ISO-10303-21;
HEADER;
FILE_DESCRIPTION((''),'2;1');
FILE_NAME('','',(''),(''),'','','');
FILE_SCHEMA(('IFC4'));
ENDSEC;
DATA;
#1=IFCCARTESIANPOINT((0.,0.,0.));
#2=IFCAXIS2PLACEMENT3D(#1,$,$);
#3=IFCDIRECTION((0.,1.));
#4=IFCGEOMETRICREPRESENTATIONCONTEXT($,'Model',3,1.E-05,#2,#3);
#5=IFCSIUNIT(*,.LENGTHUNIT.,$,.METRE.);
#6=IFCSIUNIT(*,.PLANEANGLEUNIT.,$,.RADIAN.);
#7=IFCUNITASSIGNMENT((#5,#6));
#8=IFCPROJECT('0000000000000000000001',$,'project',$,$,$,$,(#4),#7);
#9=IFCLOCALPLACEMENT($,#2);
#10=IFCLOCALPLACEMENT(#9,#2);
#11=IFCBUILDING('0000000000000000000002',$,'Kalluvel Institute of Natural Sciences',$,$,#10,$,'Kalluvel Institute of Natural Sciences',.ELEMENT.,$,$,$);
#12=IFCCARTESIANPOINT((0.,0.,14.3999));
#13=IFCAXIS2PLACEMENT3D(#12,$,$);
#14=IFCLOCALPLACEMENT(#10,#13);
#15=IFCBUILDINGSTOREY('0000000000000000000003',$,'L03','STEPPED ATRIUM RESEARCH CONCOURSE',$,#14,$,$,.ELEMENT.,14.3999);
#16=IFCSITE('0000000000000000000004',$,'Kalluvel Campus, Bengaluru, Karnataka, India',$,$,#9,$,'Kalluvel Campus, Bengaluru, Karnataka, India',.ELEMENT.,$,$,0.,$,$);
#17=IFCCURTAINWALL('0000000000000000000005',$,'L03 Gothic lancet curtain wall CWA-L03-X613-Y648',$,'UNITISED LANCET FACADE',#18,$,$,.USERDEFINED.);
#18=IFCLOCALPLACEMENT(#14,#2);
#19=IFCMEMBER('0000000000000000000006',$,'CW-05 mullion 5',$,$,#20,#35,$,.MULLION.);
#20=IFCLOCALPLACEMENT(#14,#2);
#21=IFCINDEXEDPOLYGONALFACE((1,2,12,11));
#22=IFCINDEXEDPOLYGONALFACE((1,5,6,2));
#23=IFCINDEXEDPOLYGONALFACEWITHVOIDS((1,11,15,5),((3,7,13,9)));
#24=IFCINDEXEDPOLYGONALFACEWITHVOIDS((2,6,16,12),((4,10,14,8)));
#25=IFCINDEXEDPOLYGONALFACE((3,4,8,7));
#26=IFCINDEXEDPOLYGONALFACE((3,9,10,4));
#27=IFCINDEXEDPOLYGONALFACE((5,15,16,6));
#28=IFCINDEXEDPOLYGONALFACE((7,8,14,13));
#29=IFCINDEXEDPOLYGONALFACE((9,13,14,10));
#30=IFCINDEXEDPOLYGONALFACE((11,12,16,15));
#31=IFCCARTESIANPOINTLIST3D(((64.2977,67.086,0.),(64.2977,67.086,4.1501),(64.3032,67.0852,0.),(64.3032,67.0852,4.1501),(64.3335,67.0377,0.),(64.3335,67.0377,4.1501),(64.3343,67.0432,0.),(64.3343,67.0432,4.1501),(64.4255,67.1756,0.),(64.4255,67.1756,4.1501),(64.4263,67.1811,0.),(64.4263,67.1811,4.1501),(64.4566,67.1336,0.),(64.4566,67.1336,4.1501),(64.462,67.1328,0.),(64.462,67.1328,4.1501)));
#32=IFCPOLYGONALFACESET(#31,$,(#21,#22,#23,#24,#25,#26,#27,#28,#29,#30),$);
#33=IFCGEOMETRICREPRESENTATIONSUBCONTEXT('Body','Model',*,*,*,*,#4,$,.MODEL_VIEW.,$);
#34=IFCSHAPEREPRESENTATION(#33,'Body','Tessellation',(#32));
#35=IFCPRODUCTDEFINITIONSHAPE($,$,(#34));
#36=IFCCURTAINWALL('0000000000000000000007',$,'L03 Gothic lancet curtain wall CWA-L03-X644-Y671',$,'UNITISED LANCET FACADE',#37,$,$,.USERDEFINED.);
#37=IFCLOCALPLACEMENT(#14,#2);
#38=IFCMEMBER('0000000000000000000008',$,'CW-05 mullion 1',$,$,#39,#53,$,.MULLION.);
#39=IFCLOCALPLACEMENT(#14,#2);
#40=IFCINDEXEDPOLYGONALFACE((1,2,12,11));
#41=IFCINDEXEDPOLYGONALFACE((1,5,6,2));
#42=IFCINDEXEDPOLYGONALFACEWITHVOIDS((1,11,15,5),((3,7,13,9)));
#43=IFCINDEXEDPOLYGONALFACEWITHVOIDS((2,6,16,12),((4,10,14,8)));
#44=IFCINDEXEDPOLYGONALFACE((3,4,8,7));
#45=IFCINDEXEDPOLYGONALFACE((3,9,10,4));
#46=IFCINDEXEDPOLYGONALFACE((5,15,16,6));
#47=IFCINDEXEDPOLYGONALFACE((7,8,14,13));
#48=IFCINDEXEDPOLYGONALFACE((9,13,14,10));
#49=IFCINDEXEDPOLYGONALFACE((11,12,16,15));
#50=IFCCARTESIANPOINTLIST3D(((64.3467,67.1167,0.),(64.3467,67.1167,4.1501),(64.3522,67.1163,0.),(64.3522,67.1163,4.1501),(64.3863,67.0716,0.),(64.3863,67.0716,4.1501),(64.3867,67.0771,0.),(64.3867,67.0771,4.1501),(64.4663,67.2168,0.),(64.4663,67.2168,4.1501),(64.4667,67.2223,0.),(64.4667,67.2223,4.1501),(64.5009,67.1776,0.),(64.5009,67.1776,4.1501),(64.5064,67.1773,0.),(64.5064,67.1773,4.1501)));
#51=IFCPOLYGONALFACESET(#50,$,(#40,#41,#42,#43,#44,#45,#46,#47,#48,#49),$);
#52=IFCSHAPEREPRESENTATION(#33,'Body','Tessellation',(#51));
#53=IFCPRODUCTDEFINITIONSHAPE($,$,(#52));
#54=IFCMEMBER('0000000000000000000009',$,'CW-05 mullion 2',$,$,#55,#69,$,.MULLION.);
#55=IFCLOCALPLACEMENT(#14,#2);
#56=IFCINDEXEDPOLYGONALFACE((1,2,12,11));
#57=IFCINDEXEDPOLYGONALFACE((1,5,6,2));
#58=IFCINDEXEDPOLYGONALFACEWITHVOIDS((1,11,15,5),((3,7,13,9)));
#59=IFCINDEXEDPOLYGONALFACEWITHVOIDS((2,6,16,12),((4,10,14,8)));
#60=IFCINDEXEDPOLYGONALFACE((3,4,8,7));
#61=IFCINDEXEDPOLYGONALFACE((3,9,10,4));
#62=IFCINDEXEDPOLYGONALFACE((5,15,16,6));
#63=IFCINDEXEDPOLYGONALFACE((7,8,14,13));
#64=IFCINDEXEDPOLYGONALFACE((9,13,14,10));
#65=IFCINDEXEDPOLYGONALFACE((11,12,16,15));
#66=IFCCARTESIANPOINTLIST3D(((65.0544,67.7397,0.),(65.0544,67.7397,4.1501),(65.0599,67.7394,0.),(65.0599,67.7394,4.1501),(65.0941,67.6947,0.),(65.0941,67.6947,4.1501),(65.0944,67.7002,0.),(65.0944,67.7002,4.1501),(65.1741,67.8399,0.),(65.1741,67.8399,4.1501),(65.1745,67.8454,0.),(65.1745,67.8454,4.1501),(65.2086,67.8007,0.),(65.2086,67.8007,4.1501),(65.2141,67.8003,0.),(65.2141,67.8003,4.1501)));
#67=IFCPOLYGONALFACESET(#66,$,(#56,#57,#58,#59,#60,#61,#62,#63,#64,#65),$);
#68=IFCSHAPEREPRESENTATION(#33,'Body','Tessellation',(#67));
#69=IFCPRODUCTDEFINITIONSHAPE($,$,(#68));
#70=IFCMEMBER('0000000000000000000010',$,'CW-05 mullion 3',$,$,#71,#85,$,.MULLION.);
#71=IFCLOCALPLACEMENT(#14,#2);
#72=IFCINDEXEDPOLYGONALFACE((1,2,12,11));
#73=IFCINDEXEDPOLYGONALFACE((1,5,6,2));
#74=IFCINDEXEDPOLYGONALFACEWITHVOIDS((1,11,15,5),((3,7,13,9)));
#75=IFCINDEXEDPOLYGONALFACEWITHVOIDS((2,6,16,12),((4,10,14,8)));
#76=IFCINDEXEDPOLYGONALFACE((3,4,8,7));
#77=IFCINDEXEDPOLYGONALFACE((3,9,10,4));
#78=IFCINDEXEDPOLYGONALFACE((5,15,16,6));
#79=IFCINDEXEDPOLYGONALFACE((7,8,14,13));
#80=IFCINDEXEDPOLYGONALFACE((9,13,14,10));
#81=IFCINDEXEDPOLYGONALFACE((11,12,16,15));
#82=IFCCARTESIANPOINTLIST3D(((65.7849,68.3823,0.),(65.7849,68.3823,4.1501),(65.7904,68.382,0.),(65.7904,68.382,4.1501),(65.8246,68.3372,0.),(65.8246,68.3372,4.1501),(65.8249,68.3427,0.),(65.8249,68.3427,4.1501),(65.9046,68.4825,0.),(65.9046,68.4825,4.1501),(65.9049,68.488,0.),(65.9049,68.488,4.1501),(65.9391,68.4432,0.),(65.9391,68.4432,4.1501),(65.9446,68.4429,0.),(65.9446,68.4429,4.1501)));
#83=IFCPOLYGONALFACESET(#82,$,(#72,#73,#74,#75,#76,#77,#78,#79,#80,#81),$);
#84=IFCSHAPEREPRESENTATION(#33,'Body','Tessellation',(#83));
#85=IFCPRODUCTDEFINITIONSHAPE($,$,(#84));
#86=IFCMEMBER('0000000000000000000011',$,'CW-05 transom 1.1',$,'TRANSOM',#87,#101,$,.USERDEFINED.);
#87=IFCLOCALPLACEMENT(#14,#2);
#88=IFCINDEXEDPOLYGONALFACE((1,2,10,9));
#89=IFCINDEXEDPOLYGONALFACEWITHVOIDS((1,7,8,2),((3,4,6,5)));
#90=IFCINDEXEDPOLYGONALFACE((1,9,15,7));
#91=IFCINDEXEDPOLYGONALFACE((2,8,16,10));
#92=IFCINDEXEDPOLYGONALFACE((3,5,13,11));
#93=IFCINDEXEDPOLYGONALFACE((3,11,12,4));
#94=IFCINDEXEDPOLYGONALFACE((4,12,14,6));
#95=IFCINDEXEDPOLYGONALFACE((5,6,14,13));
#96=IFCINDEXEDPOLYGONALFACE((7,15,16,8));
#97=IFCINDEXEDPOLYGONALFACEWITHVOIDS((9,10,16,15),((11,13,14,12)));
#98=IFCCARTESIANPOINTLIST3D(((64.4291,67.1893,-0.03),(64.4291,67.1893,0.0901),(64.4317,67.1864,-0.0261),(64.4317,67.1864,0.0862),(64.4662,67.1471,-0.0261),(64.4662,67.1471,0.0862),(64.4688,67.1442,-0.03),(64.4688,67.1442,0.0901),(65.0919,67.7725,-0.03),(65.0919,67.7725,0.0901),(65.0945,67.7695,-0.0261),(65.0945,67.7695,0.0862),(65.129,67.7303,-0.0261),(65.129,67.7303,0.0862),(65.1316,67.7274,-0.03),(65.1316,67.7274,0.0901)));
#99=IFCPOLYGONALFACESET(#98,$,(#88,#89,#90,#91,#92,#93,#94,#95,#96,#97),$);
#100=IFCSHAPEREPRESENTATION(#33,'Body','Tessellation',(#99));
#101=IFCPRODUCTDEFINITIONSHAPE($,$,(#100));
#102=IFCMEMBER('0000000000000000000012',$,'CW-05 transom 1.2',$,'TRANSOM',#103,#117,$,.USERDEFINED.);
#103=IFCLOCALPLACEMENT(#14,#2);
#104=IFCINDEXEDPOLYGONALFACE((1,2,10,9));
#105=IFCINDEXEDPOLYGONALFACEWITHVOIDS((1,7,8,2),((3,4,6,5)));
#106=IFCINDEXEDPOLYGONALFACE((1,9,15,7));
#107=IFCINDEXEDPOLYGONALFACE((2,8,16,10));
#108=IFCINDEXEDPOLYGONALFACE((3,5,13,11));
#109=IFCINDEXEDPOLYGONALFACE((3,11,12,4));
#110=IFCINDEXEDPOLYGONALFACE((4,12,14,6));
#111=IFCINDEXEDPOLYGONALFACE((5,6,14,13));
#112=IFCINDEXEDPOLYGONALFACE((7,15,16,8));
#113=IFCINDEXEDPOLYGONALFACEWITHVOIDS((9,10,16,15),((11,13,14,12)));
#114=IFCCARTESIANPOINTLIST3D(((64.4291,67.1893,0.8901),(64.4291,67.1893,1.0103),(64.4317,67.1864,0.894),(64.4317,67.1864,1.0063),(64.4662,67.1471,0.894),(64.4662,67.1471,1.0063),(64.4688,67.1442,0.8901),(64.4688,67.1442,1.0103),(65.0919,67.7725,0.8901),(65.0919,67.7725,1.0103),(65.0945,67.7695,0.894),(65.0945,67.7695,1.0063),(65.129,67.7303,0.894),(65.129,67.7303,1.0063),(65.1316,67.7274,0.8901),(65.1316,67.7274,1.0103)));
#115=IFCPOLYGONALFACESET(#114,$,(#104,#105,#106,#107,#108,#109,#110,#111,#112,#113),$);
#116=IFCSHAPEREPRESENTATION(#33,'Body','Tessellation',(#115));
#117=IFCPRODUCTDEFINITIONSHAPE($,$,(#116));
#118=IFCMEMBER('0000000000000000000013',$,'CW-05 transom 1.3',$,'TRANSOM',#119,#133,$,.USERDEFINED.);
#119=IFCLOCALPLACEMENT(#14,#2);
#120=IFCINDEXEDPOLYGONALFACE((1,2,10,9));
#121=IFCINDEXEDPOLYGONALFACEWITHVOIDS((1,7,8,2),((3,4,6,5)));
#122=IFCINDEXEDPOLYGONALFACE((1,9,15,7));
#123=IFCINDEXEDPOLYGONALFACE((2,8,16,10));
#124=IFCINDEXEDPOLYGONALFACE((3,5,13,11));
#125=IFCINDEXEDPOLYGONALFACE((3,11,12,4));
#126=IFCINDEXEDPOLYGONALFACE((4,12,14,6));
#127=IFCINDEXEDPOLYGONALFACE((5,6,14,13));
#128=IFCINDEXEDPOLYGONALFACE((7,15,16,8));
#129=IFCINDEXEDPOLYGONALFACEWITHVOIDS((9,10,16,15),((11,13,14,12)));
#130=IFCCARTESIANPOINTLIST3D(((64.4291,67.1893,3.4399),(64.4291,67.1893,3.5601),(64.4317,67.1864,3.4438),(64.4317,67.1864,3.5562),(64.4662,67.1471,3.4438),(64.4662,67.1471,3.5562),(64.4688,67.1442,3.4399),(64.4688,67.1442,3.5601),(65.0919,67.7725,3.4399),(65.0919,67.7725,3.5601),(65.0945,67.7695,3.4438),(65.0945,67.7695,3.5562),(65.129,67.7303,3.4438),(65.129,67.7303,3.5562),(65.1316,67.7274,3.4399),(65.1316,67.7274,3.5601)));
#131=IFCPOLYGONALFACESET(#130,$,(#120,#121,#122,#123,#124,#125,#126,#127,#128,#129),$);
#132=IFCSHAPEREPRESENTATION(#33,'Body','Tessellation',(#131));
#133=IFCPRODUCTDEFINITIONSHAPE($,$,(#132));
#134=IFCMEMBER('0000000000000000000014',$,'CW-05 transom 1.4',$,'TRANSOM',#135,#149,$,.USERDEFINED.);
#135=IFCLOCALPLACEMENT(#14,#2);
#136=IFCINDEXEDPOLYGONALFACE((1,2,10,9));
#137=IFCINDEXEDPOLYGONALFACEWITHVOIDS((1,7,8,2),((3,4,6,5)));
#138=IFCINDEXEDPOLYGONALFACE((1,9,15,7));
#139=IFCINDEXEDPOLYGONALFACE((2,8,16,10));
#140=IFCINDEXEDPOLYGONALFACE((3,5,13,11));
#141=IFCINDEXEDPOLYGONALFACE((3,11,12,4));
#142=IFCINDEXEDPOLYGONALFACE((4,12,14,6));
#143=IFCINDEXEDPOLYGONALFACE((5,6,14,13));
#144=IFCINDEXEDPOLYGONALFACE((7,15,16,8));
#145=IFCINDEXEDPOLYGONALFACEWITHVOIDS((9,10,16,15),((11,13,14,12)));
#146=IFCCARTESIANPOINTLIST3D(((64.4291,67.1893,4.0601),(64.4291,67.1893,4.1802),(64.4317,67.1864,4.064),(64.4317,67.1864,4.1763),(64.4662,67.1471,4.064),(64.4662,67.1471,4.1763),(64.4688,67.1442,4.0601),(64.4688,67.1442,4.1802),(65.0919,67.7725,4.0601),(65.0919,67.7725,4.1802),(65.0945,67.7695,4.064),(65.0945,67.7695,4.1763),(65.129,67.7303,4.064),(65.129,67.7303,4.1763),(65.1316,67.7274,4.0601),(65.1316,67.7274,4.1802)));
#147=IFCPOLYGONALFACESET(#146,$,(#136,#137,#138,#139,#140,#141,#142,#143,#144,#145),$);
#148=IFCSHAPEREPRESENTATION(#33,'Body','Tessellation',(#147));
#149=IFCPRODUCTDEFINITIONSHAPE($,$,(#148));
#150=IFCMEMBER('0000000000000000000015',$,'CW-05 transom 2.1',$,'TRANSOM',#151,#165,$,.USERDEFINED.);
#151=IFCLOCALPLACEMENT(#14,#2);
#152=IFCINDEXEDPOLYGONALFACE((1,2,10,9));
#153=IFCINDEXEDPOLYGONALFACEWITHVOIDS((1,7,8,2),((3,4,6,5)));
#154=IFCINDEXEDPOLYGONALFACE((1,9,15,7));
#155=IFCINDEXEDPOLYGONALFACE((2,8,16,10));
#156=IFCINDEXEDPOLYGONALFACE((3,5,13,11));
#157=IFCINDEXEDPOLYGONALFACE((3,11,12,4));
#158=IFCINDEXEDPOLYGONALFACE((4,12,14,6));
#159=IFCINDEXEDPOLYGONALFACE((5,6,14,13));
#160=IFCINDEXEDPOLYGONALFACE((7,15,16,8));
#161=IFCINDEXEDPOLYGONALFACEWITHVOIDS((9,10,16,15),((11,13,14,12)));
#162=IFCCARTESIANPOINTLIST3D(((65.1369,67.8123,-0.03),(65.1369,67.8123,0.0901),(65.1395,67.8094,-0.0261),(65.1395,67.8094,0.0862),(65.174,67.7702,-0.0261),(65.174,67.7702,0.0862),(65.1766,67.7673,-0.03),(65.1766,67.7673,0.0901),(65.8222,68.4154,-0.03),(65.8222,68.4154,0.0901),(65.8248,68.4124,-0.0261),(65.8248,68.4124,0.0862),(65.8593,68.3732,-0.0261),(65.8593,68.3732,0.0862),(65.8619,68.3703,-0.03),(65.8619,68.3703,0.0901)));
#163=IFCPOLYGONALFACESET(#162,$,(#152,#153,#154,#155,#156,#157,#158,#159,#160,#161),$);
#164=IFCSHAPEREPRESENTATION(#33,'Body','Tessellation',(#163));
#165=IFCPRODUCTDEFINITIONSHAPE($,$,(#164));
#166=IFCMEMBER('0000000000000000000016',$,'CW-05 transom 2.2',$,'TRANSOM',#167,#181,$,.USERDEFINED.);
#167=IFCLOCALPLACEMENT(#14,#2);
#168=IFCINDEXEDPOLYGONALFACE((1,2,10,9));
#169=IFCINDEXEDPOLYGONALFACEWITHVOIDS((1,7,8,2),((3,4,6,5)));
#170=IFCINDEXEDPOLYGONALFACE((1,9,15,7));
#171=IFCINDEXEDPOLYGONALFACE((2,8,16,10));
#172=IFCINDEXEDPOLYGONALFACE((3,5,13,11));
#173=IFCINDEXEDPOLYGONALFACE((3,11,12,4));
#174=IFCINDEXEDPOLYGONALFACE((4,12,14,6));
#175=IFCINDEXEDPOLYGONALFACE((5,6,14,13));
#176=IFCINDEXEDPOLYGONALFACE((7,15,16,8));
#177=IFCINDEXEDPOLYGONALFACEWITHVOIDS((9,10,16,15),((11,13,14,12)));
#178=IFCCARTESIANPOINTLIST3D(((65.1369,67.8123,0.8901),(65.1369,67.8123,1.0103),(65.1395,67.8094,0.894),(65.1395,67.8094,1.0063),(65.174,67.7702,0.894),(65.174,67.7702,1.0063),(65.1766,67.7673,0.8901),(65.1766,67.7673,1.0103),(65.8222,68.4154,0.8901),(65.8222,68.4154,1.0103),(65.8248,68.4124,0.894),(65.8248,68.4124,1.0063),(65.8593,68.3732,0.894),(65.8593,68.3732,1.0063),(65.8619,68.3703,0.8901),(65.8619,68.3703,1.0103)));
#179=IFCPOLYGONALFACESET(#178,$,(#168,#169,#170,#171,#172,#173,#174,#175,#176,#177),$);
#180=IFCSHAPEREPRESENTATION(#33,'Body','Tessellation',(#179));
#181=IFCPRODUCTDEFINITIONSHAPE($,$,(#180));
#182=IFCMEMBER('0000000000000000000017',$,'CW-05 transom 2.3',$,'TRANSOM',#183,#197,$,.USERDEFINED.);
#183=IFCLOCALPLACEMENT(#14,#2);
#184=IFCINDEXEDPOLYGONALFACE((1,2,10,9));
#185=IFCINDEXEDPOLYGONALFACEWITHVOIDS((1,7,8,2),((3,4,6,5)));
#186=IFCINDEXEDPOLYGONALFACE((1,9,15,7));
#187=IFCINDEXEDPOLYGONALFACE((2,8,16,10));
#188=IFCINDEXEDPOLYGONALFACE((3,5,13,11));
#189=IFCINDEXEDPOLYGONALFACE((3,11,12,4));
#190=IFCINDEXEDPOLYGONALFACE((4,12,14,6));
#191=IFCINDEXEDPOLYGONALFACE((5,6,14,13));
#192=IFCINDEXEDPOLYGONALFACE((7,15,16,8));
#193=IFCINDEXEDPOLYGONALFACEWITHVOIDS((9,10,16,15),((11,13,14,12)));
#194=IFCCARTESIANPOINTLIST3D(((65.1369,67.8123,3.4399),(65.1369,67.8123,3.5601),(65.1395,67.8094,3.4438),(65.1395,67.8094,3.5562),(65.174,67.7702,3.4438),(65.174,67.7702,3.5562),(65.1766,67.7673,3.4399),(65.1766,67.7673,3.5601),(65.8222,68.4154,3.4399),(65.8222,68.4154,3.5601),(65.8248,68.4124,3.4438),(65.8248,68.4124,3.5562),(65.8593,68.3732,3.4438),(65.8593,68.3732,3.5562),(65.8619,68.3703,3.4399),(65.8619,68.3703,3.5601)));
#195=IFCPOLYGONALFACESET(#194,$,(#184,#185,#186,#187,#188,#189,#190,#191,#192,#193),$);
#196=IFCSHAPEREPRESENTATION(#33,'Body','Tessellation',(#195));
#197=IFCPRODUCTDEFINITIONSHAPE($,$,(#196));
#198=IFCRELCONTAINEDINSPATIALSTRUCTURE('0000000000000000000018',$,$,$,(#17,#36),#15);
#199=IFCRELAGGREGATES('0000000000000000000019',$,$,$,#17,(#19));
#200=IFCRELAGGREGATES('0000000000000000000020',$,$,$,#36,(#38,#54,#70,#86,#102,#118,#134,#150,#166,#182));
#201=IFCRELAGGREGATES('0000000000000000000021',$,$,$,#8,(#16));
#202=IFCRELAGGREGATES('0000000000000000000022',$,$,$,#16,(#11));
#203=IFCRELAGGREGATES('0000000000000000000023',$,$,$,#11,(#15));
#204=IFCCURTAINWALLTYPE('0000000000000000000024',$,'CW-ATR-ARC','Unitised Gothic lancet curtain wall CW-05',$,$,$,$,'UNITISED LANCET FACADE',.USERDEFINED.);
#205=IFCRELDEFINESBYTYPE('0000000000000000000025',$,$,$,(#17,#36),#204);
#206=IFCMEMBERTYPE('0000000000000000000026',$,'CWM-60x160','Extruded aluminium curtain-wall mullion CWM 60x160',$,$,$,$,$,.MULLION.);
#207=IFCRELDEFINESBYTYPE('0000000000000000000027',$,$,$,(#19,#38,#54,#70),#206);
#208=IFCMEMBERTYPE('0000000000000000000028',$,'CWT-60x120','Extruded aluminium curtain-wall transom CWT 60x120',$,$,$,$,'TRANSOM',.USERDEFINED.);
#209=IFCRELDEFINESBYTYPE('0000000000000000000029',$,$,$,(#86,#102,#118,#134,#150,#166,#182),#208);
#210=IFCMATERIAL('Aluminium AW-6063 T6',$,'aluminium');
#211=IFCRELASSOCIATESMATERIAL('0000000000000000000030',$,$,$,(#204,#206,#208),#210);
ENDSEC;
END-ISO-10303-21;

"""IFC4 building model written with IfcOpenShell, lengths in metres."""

from ifc_helpers import new_model, si_unit, direction, frame, origin, origin_2d, place, context, subcontext, project, spatial, hollow_rectangle, extrude, material, material_profile, profile_set, type_object, element, aggregate, save


model = new_model("IFC4")

# Units and contexts
model_context = context("Model", 3, precision=1e-05, world=origin(), true_north=direction((0.0, 1.0)))
body_context = subcontext(model_context, "Body", "Model", "MODEL_VIEW")
ifc_project = project(units=[si_unit("LENGTHUNIT", "METRE"), si_unit("PLANEANGLEUNIT", "RADIAN")], contexts=[model_context])

# Site, building, storey
site_placement = place(None, origin())
site = spatial("IfcSite", under=ifc_project, at=site_placement, Name="Kalluvel Campus, Bengaluru, Karnataka, India", LongName="Kalluvel Campus, Bengaluru, Karnataka, India", CompositionType="ELEMENT", RefElevation=0.0)
building_placement = place(site_placement, origin())
building = spatial("IfcBuilding", under=site, at=building_placement, Name="Kalluvel Institute of Natural Sciences", LongName="Kalluvel Institute of Natural Sciences", CompositionType="ELEMENT")
storey_placement = place(building_placement, frame((0.0, 0.0, 14.3999)))
storey = spatial("IfcBuildingStorey", under=building, at=storey_placement, Name="L03", Description="STEPPED ATRIUM RESEARCH CONCOURSE", CompositionType="ELEMENT", Elevation=14.3999)

# Curtain wall, member
ifc_material_1 = material(Name="Aluminium AW-6063 T6", Category="aluminium")
curtain_wall_type = type_object("IfcCurtainWallType", Name="CW-ATR-ARC", Description="Unitised Gothic lancet curtain wall CW-05", ElementType="UNITISED LANCET FACADE", PredefinedType="USERDEFINED", material=ifc_material_1)
curtain_wall_1_placement = place(storey_placement, origin())
curtain_wall_1 = element("IfcCurtainWall", 1, at=curtain_wall_1_placement, inside=storey, type_object=curtain_wall_type, Name="L03 Gothic lancet curtain wall CWA-L03-X613-Y648", ObjectType="UNITISED LANCET FACADE", PredefinedType="USERDEFINED")
ifc_material_profile_1 = material_profile(ifc_material_1, hollow_rectangle(XDim=0.0601, YDim=0.1599, WallThickness=0.0039, at=origin_2d()), Name="CWM 60x160")
ifc_profile_set_1 = profile_set([ifc_material_profile_1], Name="Aluminium AW-6063 T6")
member_type_1 = type_object("IfcMemberType", Name="CWM-60x160", Description="Extruded aluminium curtain-wall mullion CWM 60x160", PredefinedType="MULLION", material=ifc_profile_set_1)
member_1_placement = place(storey_placement, frame((64.3799, 67.1094, 0.0), z_axis=(0.0, 0.0, 1.0), x_axis=(-0.594638, 0.803993, 0.0)))
member_1 = element("IfcMember", 2, at=member_1_placement, type_object=member_type_1, Name="CW-05 mullion 5", PredefinedType="MULLION", context=body_context, shape_type="SweptSolid", body=[
    extrude(hollow_rectangle(XDim=0.0601, YDim=0.1599, WallThickness=0.0039, at=origin_2d()), origin(), (0.0, 0.0, 1.0), 4.1501),
])

# Curtain wall, members
curtain_wall_2_placement = place(storey_placement, origin())
curtain_wall_2 = element("IfcCurtainWall", 3, at=curtain_wall_2_placement, inside=storey, type_object=curtain_wall_type, Name="L03 Gothic lancet curtain wall CWA-L03-X644-Y671", ObjectType="UNITISED LANCET FACADE", PredefinedType="USERDEFINED")
member_2_placement = place(storey_placement, frame((64.4265, 67.147, 0.0), z_axis=(0.0, 0.0, 1.0), x_axis=(-0.660668, 0.750678, 0.0)))
member_2 = element("IfcMember", 4, at=member_2_placement, type_object=member_type_1, Name="CW-05 mullion 1", PredefinedType="MULLION", context=body_context, shape_type="SweptSolid", body=[
    extrude(hollow_rectangle(XDim=0.0601, YDim=0.1599, WallThickness=0.0039, at=origin_2d()), origin(), (0.0, 0.0, 1.0), 4.1501),
])
member_3_placement = place(storey_placement, frame((65.1343, 67.77, 0.0), z_axis=(0.0, 0.0, 1.0), x_axis=(-0.660668, 0.750678, 0.0)))
member_3 = element("IfcMember", 5, at=member_3_placement, type_object=member_type_1, Name="CW-05 mullion 2", PredefinedType="MULLION", context=body_context, shape_type="SweptSolid", body=[
    extrude(hollow_rectangle(XDim=0.0601, YDim=0.1599, WallThickness=0.0039, at=origin_2d()), origin(), (0.0, 0.0, 1.0), 4.1501),
])
member_4_placement = place(storey_placement, frame((65.8647, 68.4126, 0.0), z_axis=(0.0, 0.0, 1.0), x_axis=(-0.660668, 0.750678, 0.0)))
member_4 = element("IfcMember", 6, at=member_4_placement, type_object=member_type_1, Name="CW-05 mullion 3", PredefinedType="MULLION", context=body_context, shape_type="SweptSolid", body=[
    extrude(hollow_rectangle(XDim=0.0601, YDim=0.1599, WallThickness=0.0039, at=origin_2d()), origin(), (0.0, 0.0, 1.0), 4.1501),
])
ifc_material_profile_2 = material_profile(ifc_material_1, hollow_rectangle(XDim=0.0601, YDim=0.1201, WallThickness=0.0039, at=origin_2d()), Name="CWT 60x120")
ifc_profile_set_2 = profile_set([ifc_material_profile_2], Name="Aluminium AW-6063 T6")
member_type_2 = type_object("IfcMemberType", Name="CWT-60x120", Description="Extruded aluminium curtain-wall transom CWT 60x120", ElementType="TRANSOM", PredefinedType="USERDEFINED", material=ifc_profile_set_2)
member_5_placement = place(storey_placement, frame((64.449, 67.1667, 0.03), z_axis=(0.750741, 0.660597, 0.0), x_axis=(-0.660597, 0.750741, 0.0)))
member_5 = element("IfcMember", 7, at=member_5_placement, type_object=member_type_2, Name="CW-05 transom 1.1", ObjectType="TRANSOM", PredefinedType="USERDEFINED", context=body_context, shape_type="SweptSolid", body=[
    extrude(hollow_rectangle(XDim=0.0601, YDim=0.1201, WallThickness=0.0039, at=origin_2d()), origin(), (0.0, 0.0, 1.0), 0.8828),
])
member_6_placement = place(storey_placement, frame((64.449, 67.1667, 0.9502), z_axis=(0.750741, 0.660597, 0.0), x_axis=(-0.660597, 0.750741, 0.0)))
member_6 = element("IfcMember", 8, at=member_6_placement, type_object=member_type_2, Name="CW-05 transom 1.2", ObjectType="TRANSOM", PredefinedType="USERDEFINED", context=body_context, shape_type="SweptSolid", body=[
    extrude(hollow_rectangle(XDim=0.0601, YDim=0.1201, WallThickness=0.0039, at=origin_2d()), origin(), (0.0, 0.0, 1.0), 0.8828),
])
member_7_placement = place(storey_placement, frame((64.449, 67.1667, 3.5), z_axis=(0.750741, 0.660597, 0.0), x_axis=(-0.660597, 0.750741, 0.0)))
member_7 = element("IfcMember", 9, at=member_7_placement, type_object=member_type_2, Name="CW-05 transom 1.3", ObjectType="TRANSOM", PredefinedType="USERDEFINED", context=body_context, shape_type="SweptSolid", body=[
    extrude(hollow_rectangle(XDim=0.0601, YDim=0.1201, WallThickness=0.0039, at=origin_2d()), origin(), (0.0, 0.0, 1.0), 0.8828),
])
member_8_placement = place(storey_placement, frame((64.449, 67.1667, 4.1201), z_axis=(0.750741, 0.660597, 0.0), x_axis=(-0.660597, 0.750741, 0.0)))
member_8 = element("IfcMember", 10, at=member_8_placement, type_object=member_type_2, Name="CW-05 transom 1.4", ObjectType="TRANSOM", PredefinedType="USERDEFINED", context=body_context, shape_type="SweptSolid", body=[
    extrude(hollow_rectangle(XDim=0.0601, YDim=0.1201, WallThickness=0.0039, at=origin_2d()), origin(), (0.0, 0.0, 1.0), 0.8828),
])
member_9_placement = place(storey_placement, frame((65.1567, 67.7898, 0.03), z_axis=(0.750735, 0.660604, 0.0), x_axis=(-0.660604, 0.750735, 0.0)))
member_9 = element("IfcMember", 11, at=member_9_placement, type_object=member_type_2, Name="CW-05 transom 2.1", ObjectType="TRANSOM", PredefinedType="USERDEFINED", context=body_context, shape_type="SweptSolid", body=[
    extrude(hollow_rectangle(XDim=0.0601, YDim=0.1201, WallThickness=0.0039, at=origin_2d()), origin(), (0.0, 0.0, 1.0), 0.9128),
])
member_10_placement = place(storey_placement, frame((65.1567, 67.7898, 0.9502), z_axis=(0.750735, 0.660604, 0.0), x_axis=(-0.660604, 0.750735, 0.0)))
member_10 = element("IfcMember", 12, at=member_10_placement, type_object=member_type_2, Name="CW-05 transom 2.2", ObjectType="TRANSOM", PredefinedType="USERDEFINED", context=body_context, shape_type="SweptSolid", body=[
    extrude(hollow_rectangle(XDim=0.0601, YDim=0.1201, WallThickness=0.0039, at=origin_2d()), origin(), (0.0, 0.0, 1.0), 0.9128),
])
member_11_placement = place(storey_placement, frame((65.1567, 67.7898, 3.5), z_axis=(0.750735, 0.660604, 0.0), x_axis=(-0.660604, 0.750735, 0.0)))
member_11 = element("IfcMember", 13, at=member_11_placement, type_object=member_type_2, Name="CW-05 transom 2.3", ObjectType="TRANSOM", PredefinedType="USERDEFINED", context=body_context, shape_type="SweptSolid", body=[
    extrude(hollow_rectangle(XDim=0.0601, YDim=0.1201, WallThickness=0.0039, at=origin_2d()), origin(), (0.0, 0.0, 1.0), 0.9128),
])

aggregate(curtain_wall_1, [member_1])
aggregate(curtain_wall_2, [member_2, member_3, member_4, member_5, member_6, member_7, member_8, member_9, member_10, member_11])

save(model, "model.ifc")
